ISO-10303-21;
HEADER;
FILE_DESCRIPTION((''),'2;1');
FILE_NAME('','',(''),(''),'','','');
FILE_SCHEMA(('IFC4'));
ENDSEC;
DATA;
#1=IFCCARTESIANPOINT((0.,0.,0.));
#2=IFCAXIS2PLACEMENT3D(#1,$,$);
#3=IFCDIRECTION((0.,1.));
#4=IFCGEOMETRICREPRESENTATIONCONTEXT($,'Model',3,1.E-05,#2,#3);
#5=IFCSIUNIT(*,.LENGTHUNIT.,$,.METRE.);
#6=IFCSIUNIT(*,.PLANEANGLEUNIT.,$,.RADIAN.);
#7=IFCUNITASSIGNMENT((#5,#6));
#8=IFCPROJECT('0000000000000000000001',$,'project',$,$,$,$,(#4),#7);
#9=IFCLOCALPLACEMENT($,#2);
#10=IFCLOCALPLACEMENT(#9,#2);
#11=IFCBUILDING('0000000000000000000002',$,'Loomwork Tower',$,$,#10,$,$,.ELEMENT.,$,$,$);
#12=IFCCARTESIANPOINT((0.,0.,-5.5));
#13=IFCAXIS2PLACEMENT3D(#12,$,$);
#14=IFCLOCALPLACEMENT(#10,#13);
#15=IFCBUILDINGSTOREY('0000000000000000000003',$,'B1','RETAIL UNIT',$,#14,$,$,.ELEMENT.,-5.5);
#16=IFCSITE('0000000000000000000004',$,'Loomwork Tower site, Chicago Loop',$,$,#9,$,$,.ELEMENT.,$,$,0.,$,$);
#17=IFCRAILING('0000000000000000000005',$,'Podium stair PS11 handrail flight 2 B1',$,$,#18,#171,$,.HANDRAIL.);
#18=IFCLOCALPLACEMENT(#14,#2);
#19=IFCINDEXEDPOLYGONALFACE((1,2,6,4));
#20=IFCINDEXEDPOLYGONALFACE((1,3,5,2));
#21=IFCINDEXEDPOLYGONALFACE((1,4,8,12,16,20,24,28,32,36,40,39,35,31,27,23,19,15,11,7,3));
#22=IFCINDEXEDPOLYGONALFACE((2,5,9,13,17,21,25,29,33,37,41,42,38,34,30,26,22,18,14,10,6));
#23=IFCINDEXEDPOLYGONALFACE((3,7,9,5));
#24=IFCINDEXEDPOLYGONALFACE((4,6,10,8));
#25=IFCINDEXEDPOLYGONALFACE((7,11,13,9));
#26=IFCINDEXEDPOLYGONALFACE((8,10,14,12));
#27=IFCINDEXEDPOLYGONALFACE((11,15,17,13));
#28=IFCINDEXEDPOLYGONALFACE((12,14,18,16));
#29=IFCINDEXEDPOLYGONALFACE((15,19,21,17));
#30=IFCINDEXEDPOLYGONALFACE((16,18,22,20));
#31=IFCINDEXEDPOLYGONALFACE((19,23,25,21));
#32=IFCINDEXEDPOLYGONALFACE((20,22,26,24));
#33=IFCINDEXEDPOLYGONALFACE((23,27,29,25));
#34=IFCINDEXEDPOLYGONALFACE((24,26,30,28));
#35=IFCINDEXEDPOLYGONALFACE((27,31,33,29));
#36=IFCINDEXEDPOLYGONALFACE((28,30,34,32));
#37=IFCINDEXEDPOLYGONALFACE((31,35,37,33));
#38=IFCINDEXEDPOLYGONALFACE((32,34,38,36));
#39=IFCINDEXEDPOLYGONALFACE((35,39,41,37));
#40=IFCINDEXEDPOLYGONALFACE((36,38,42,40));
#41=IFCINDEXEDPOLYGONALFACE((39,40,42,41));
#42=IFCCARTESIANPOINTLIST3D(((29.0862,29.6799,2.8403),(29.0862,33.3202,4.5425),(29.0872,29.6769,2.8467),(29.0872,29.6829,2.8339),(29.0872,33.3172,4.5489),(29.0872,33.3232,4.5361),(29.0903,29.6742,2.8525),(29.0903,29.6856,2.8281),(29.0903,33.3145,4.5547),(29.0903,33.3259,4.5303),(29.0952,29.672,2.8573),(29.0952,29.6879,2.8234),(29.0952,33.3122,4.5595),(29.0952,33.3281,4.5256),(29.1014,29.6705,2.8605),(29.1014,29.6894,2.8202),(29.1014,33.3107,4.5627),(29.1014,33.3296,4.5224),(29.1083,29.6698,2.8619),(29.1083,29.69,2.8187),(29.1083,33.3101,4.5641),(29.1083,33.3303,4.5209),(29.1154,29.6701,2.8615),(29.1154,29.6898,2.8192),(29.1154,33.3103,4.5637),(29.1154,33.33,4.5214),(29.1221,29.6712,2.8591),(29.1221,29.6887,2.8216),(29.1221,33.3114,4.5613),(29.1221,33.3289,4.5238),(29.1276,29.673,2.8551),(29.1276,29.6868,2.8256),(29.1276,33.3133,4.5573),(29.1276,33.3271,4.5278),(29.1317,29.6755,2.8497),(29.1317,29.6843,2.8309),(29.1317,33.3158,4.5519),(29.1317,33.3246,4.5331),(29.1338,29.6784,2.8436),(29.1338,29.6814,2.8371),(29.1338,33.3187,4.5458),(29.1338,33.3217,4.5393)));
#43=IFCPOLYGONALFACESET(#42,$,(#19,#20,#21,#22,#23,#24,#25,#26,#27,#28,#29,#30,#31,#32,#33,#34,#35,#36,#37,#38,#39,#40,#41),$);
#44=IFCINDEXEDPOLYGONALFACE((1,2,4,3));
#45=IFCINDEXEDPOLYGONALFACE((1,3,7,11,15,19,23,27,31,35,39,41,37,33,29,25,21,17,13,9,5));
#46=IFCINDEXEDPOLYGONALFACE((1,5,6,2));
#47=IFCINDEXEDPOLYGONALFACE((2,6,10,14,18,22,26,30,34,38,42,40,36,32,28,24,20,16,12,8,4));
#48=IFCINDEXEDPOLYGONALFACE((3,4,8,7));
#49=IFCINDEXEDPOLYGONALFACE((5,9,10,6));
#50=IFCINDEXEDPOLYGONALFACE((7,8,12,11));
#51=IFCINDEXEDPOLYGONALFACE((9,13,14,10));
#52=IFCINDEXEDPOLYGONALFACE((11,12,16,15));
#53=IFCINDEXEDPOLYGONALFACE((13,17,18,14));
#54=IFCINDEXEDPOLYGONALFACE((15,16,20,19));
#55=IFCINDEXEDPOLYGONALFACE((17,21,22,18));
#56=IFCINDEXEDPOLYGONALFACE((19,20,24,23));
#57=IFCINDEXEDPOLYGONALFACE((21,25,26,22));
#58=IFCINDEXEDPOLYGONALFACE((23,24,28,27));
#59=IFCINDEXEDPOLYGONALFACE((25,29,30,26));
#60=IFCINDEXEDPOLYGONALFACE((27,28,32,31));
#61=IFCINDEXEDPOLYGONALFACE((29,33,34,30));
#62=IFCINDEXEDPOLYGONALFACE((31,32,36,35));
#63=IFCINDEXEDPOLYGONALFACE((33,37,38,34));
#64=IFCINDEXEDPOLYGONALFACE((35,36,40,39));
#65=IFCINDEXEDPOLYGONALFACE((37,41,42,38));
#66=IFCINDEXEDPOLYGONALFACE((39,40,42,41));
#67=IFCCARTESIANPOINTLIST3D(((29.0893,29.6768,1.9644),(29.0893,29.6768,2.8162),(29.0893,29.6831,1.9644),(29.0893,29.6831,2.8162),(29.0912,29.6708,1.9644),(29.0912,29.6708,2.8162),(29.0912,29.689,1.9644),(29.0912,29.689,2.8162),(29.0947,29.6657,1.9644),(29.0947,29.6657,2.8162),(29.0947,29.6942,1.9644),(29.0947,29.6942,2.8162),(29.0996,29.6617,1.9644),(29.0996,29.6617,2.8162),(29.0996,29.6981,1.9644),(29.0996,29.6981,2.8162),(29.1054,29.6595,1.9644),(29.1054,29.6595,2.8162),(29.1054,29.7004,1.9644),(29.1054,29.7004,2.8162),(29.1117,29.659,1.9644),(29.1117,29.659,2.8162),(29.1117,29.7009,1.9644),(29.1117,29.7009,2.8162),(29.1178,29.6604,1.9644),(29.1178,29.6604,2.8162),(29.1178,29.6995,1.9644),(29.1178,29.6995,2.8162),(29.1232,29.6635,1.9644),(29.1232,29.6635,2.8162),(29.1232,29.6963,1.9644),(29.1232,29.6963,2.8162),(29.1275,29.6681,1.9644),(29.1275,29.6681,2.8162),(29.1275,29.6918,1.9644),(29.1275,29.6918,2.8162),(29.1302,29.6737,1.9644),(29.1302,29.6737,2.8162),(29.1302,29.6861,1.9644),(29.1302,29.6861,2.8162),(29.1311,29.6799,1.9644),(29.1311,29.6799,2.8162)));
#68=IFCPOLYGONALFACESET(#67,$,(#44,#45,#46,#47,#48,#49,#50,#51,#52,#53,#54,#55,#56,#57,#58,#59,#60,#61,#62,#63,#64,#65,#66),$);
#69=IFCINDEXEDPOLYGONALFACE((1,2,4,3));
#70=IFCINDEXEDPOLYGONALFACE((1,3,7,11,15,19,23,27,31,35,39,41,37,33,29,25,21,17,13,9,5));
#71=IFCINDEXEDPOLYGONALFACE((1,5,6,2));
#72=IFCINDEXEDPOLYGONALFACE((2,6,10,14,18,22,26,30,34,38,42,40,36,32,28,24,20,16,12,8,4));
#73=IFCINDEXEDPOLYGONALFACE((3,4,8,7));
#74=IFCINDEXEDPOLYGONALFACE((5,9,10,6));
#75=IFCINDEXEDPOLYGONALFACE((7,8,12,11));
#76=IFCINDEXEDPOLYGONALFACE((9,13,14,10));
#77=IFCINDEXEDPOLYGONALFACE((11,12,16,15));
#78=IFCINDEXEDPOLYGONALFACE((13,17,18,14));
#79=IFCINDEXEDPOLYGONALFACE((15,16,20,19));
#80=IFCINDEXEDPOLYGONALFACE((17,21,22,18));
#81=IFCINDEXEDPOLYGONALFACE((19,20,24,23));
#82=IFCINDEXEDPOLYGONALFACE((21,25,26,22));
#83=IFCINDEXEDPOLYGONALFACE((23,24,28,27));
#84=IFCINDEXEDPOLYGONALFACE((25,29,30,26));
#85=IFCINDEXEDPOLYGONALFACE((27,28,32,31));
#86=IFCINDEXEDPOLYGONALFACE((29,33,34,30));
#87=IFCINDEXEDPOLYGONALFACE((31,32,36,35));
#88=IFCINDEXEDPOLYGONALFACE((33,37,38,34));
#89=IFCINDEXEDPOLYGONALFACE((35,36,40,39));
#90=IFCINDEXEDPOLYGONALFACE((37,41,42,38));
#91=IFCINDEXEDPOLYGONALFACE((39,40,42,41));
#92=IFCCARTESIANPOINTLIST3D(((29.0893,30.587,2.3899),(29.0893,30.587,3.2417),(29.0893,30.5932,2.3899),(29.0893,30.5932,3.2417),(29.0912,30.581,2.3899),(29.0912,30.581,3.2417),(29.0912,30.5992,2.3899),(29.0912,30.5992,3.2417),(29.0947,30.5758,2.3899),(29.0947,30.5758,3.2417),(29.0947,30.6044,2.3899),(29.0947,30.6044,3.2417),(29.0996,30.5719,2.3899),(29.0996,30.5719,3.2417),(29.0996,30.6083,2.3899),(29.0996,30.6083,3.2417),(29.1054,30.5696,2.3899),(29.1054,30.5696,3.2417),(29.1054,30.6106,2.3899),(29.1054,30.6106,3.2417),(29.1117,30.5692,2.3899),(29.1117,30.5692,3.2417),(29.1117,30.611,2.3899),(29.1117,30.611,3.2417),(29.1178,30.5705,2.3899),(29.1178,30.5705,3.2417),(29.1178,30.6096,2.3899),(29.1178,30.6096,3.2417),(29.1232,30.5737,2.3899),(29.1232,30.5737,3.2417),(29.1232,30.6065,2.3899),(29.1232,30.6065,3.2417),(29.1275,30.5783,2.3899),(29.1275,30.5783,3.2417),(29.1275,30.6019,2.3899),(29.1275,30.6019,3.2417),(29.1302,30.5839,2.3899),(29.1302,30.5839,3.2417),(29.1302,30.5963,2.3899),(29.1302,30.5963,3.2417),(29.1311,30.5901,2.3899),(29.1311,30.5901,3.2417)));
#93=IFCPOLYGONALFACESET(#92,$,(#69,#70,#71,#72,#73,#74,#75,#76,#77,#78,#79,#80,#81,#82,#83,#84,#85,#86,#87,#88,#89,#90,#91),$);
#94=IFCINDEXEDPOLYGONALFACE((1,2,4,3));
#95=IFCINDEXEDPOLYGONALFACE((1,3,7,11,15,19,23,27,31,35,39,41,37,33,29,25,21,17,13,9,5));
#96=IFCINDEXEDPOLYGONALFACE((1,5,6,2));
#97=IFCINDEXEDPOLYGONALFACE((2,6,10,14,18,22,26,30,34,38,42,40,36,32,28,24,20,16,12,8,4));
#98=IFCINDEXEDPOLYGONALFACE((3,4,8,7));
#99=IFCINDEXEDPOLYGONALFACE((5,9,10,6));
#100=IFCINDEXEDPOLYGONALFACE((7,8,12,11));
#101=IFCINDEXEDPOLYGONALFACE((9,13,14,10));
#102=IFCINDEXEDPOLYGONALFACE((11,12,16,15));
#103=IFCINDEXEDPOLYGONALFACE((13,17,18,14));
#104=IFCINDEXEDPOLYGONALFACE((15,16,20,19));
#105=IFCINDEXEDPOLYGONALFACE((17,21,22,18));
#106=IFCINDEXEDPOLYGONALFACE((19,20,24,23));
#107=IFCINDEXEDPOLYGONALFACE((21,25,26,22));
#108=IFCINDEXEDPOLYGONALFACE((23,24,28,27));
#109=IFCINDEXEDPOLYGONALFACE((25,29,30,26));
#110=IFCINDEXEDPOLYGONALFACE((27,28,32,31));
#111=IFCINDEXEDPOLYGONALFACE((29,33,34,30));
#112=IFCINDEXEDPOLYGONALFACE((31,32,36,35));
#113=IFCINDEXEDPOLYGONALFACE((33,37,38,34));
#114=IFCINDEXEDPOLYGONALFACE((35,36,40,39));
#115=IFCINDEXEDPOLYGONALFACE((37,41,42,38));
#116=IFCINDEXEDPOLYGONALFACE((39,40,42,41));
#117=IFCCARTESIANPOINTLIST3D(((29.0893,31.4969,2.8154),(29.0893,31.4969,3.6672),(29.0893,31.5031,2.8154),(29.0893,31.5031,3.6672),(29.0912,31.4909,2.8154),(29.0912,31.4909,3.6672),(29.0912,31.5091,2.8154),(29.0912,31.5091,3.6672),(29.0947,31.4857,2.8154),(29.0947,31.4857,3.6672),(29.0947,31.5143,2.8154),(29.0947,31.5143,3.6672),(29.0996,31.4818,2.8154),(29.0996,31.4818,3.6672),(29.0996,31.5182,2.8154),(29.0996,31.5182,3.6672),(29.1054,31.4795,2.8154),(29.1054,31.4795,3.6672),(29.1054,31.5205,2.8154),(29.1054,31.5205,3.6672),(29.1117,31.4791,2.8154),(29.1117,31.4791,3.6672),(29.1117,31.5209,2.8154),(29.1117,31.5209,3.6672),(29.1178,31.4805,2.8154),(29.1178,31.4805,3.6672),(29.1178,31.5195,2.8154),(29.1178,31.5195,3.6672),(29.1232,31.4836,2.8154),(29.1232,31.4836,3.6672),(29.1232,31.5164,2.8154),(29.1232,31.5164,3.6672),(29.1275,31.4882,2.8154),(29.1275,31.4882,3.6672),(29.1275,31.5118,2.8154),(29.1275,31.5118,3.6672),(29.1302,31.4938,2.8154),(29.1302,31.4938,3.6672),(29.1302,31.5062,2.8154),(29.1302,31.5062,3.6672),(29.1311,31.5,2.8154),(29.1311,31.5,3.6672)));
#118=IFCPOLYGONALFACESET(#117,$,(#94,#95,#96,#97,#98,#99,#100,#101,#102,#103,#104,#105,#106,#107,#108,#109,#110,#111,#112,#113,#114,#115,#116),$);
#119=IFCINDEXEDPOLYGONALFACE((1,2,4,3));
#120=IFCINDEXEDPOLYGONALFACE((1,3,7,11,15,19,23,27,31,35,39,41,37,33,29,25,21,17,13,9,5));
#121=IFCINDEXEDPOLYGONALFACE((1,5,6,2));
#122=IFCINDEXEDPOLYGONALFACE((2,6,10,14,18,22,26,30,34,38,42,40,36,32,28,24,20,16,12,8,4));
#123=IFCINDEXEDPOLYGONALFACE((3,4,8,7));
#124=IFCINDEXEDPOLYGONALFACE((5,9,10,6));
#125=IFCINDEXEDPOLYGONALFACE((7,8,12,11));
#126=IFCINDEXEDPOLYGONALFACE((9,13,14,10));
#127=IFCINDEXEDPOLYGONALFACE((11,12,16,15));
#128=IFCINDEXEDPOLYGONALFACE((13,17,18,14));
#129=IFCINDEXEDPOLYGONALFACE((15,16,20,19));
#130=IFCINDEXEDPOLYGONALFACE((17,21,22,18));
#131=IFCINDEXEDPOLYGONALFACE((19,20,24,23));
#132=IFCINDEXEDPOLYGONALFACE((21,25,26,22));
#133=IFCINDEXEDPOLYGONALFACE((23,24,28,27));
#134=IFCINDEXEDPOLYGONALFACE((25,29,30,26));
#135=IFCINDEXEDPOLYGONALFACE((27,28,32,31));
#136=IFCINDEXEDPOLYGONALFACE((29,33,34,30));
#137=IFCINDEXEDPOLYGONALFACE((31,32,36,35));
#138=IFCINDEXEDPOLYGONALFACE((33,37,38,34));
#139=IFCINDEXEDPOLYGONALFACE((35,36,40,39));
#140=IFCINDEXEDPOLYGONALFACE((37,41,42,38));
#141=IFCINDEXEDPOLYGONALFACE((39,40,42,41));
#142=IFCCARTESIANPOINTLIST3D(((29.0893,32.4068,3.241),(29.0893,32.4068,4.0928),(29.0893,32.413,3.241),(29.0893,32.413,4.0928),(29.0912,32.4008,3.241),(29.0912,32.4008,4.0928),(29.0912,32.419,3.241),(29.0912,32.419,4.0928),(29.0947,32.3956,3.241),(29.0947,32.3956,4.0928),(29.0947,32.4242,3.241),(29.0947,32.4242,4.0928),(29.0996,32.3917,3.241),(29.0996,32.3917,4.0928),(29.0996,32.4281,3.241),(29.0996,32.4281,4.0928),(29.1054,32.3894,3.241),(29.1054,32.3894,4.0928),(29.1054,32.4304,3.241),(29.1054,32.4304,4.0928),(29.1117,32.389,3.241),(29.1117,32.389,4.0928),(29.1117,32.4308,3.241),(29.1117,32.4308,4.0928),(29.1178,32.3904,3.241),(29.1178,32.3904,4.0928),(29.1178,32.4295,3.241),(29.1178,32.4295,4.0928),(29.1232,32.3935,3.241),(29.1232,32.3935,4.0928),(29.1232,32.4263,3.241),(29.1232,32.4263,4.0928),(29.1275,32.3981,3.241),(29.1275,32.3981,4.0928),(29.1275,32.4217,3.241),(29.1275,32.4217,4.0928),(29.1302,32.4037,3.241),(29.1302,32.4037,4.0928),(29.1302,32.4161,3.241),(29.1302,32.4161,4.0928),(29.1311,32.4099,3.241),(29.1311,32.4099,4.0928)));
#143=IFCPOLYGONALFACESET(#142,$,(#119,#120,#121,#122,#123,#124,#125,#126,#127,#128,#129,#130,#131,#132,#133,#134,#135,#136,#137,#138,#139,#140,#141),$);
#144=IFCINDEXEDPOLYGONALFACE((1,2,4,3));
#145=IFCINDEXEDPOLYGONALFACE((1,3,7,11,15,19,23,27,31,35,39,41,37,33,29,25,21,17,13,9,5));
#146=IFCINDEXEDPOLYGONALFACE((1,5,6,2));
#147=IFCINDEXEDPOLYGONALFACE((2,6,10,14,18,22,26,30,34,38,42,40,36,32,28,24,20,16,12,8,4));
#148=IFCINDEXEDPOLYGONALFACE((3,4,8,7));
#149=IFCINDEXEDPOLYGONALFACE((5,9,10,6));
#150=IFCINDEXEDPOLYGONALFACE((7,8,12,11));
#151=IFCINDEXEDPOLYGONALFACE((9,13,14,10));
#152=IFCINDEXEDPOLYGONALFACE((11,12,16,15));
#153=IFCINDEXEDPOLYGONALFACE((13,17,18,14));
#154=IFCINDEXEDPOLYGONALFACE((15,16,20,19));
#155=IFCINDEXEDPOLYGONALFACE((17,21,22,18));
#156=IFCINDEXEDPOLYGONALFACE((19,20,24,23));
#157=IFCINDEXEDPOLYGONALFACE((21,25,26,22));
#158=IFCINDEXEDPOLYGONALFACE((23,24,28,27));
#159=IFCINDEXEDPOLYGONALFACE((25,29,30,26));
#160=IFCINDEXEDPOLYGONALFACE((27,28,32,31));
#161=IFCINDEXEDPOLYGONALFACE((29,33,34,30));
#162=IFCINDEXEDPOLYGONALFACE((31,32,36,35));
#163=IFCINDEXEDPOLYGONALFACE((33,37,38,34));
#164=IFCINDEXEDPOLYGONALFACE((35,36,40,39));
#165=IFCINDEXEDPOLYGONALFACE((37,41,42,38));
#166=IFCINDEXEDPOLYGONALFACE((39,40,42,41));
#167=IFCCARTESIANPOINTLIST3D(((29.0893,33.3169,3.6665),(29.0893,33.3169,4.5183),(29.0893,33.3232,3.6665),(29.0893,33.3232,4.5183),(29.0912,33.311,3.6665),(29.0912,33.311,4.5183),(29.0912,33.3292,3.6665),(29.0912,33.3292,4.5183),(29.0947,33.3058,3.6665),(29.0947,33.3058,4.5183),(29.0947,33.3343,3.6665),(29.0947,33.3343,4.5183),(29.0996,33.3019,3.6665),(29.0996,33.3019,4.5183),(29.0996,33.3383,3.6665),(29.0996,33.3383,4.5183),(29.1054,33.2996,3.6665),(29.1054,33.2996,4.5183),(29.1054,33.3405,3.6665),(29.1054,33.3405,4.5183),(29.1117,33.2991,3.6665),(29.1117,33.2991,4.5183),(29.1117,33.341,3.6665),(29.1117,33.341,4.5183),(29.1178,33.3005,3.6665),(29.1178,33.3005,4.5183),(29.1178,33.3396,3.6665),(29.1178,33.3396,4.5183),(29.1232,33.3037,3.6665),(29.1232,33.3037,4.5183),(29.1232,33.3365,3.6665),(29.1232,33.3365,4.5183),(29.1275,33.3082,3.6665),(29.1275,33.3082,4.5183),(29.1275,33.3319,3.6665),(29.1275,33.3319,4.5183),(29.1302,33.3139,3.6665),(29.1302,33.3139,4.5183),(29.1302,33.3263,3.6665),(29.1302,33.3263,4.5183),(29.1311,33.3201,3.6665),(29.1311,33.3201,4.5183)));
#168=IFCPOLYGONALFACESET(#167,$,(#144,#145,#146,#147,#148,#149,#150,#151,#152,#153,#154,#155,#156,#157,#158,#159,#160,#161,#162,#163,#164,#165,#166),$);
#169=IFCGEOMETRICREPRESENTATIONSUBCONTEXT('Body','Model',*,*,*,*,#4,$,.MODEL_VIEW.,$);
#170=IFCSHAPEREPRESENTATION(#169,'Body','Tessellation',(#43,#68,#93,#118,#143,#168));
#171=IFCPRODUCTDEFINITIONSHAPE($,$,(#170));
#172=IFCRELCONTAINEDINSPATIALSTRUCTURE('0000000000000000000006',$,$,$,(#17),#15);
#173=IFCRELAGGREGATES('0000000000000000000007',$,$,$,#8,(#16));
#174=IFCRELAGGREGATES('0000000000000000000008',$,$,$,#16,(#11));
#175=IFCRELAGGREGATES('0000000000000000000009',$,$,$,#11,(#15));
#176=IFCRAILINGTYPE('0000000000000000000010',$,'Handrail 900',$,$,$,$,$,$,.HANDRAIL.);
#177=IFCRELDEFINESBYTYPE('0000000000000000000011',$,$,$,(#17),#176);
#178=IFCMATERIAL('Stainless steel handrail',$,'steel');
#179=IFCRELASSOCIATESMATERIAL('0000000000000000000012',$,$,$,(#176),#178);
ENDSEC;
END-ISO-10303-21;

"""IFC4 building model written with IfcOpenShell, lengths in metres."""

from ifc_helpers import new_model, si_unit, direction, frame, origin, origin_2d, place, context, subcontext, project, spatial, circle, extrude, material, type_object, element, save


model = new_model("IFC4")

# Units and contexts
model_context = context("Model", 3, precision=1e-05, world=origin(), true_north=direction((0.0, 1.0)))
body_context = subcontext(model_context, "Body", "Model", "MODEL_VIEW")
ifc_project = project(units=[si_unit("LENGTHUNIT", "METRE"), si_unit("PLANEANGLEUNIT", "RADIAN")], contexts=[model_context])

# Site, building, storey
site_placement = place(None, origin())
site = spatial("IfcSite", under=ifc_project, at=site_placement, Name="Loomwork Tower site, Chicago Loop", CompositionType="ELEMENT", RefElevation=0.0)
building_placement = place(site_placement, origin())
building = spatial("IfcBuilding", under=site, at=building_placement, Name="Loomwork Tower", CompositionType="ELEMENT")
storey_placement = place(building_placement, frame((0.0, 0.0, -5.5)))
storey = spatial("IfcBuildingStorey", under=building, at=storey_placement, Name="B1", Description="RETAIL UNIT", CompositionType="ELEMENT", Elevation=-5.5)

# Railing
ifc_material_1 = material(Name="Stainless steel handrail", Category="steel")
railing_type = type_object("IfcRailingType", Name="Handrail 900", PredefinedType="HANDRAIL", material=ifc_material_1)
railing_1_placement = place(storey_placement, frame((29.1101, 29.6799, 1.9644)))
element("IfcRailing", 1, at=railing_1_placement, inside=storey, type_object=railing_type, Name="Podium stair PS11 handrail flight 2 B1", PredefinedType="HANDRAIL", context=body_context, shape_type="SweptSolid", body=[
    extrude(circle(Radius=0.0239, at=origin_2d()), frame((0.0, 0.0, 0.876), z_axis=(0.0, 0.905857, 0.423584), x_axis=(-1.0, 0.0, 0.0)), (0.0, 0.0, 1.0), 4.0186),
    extrude(circle(Radius=0.021, at=origin_2d()), origin(), (0.0, 0.0, 1.0), 0.8518),
    extrude(circle(Radius=0.021, at=origin_2d()), frame((0.0, 0.9102, 0.4255)), (0.0, 0.0, 1.0), 0.8518),
    extrude(circle(Radius=0.021, at=origin_2d()), frame((0.0, 1.8201, 0.8511)), (0.0, 0.0, 1.0), 0.8518),
    extrude(circle(Radius=0.021, at=origin_2d()), frame((0.0, 2.73, 1.2766)), (0.0, 0.0, 1.0), 0.8518),
    extrude(circle(Radius=0.021, at=origin_2d()), frame((0.0, 3.6401, 1.7021)), (0.0, 0.0, 1.0), 0.8518),
])

save(model, "model.ifc")
